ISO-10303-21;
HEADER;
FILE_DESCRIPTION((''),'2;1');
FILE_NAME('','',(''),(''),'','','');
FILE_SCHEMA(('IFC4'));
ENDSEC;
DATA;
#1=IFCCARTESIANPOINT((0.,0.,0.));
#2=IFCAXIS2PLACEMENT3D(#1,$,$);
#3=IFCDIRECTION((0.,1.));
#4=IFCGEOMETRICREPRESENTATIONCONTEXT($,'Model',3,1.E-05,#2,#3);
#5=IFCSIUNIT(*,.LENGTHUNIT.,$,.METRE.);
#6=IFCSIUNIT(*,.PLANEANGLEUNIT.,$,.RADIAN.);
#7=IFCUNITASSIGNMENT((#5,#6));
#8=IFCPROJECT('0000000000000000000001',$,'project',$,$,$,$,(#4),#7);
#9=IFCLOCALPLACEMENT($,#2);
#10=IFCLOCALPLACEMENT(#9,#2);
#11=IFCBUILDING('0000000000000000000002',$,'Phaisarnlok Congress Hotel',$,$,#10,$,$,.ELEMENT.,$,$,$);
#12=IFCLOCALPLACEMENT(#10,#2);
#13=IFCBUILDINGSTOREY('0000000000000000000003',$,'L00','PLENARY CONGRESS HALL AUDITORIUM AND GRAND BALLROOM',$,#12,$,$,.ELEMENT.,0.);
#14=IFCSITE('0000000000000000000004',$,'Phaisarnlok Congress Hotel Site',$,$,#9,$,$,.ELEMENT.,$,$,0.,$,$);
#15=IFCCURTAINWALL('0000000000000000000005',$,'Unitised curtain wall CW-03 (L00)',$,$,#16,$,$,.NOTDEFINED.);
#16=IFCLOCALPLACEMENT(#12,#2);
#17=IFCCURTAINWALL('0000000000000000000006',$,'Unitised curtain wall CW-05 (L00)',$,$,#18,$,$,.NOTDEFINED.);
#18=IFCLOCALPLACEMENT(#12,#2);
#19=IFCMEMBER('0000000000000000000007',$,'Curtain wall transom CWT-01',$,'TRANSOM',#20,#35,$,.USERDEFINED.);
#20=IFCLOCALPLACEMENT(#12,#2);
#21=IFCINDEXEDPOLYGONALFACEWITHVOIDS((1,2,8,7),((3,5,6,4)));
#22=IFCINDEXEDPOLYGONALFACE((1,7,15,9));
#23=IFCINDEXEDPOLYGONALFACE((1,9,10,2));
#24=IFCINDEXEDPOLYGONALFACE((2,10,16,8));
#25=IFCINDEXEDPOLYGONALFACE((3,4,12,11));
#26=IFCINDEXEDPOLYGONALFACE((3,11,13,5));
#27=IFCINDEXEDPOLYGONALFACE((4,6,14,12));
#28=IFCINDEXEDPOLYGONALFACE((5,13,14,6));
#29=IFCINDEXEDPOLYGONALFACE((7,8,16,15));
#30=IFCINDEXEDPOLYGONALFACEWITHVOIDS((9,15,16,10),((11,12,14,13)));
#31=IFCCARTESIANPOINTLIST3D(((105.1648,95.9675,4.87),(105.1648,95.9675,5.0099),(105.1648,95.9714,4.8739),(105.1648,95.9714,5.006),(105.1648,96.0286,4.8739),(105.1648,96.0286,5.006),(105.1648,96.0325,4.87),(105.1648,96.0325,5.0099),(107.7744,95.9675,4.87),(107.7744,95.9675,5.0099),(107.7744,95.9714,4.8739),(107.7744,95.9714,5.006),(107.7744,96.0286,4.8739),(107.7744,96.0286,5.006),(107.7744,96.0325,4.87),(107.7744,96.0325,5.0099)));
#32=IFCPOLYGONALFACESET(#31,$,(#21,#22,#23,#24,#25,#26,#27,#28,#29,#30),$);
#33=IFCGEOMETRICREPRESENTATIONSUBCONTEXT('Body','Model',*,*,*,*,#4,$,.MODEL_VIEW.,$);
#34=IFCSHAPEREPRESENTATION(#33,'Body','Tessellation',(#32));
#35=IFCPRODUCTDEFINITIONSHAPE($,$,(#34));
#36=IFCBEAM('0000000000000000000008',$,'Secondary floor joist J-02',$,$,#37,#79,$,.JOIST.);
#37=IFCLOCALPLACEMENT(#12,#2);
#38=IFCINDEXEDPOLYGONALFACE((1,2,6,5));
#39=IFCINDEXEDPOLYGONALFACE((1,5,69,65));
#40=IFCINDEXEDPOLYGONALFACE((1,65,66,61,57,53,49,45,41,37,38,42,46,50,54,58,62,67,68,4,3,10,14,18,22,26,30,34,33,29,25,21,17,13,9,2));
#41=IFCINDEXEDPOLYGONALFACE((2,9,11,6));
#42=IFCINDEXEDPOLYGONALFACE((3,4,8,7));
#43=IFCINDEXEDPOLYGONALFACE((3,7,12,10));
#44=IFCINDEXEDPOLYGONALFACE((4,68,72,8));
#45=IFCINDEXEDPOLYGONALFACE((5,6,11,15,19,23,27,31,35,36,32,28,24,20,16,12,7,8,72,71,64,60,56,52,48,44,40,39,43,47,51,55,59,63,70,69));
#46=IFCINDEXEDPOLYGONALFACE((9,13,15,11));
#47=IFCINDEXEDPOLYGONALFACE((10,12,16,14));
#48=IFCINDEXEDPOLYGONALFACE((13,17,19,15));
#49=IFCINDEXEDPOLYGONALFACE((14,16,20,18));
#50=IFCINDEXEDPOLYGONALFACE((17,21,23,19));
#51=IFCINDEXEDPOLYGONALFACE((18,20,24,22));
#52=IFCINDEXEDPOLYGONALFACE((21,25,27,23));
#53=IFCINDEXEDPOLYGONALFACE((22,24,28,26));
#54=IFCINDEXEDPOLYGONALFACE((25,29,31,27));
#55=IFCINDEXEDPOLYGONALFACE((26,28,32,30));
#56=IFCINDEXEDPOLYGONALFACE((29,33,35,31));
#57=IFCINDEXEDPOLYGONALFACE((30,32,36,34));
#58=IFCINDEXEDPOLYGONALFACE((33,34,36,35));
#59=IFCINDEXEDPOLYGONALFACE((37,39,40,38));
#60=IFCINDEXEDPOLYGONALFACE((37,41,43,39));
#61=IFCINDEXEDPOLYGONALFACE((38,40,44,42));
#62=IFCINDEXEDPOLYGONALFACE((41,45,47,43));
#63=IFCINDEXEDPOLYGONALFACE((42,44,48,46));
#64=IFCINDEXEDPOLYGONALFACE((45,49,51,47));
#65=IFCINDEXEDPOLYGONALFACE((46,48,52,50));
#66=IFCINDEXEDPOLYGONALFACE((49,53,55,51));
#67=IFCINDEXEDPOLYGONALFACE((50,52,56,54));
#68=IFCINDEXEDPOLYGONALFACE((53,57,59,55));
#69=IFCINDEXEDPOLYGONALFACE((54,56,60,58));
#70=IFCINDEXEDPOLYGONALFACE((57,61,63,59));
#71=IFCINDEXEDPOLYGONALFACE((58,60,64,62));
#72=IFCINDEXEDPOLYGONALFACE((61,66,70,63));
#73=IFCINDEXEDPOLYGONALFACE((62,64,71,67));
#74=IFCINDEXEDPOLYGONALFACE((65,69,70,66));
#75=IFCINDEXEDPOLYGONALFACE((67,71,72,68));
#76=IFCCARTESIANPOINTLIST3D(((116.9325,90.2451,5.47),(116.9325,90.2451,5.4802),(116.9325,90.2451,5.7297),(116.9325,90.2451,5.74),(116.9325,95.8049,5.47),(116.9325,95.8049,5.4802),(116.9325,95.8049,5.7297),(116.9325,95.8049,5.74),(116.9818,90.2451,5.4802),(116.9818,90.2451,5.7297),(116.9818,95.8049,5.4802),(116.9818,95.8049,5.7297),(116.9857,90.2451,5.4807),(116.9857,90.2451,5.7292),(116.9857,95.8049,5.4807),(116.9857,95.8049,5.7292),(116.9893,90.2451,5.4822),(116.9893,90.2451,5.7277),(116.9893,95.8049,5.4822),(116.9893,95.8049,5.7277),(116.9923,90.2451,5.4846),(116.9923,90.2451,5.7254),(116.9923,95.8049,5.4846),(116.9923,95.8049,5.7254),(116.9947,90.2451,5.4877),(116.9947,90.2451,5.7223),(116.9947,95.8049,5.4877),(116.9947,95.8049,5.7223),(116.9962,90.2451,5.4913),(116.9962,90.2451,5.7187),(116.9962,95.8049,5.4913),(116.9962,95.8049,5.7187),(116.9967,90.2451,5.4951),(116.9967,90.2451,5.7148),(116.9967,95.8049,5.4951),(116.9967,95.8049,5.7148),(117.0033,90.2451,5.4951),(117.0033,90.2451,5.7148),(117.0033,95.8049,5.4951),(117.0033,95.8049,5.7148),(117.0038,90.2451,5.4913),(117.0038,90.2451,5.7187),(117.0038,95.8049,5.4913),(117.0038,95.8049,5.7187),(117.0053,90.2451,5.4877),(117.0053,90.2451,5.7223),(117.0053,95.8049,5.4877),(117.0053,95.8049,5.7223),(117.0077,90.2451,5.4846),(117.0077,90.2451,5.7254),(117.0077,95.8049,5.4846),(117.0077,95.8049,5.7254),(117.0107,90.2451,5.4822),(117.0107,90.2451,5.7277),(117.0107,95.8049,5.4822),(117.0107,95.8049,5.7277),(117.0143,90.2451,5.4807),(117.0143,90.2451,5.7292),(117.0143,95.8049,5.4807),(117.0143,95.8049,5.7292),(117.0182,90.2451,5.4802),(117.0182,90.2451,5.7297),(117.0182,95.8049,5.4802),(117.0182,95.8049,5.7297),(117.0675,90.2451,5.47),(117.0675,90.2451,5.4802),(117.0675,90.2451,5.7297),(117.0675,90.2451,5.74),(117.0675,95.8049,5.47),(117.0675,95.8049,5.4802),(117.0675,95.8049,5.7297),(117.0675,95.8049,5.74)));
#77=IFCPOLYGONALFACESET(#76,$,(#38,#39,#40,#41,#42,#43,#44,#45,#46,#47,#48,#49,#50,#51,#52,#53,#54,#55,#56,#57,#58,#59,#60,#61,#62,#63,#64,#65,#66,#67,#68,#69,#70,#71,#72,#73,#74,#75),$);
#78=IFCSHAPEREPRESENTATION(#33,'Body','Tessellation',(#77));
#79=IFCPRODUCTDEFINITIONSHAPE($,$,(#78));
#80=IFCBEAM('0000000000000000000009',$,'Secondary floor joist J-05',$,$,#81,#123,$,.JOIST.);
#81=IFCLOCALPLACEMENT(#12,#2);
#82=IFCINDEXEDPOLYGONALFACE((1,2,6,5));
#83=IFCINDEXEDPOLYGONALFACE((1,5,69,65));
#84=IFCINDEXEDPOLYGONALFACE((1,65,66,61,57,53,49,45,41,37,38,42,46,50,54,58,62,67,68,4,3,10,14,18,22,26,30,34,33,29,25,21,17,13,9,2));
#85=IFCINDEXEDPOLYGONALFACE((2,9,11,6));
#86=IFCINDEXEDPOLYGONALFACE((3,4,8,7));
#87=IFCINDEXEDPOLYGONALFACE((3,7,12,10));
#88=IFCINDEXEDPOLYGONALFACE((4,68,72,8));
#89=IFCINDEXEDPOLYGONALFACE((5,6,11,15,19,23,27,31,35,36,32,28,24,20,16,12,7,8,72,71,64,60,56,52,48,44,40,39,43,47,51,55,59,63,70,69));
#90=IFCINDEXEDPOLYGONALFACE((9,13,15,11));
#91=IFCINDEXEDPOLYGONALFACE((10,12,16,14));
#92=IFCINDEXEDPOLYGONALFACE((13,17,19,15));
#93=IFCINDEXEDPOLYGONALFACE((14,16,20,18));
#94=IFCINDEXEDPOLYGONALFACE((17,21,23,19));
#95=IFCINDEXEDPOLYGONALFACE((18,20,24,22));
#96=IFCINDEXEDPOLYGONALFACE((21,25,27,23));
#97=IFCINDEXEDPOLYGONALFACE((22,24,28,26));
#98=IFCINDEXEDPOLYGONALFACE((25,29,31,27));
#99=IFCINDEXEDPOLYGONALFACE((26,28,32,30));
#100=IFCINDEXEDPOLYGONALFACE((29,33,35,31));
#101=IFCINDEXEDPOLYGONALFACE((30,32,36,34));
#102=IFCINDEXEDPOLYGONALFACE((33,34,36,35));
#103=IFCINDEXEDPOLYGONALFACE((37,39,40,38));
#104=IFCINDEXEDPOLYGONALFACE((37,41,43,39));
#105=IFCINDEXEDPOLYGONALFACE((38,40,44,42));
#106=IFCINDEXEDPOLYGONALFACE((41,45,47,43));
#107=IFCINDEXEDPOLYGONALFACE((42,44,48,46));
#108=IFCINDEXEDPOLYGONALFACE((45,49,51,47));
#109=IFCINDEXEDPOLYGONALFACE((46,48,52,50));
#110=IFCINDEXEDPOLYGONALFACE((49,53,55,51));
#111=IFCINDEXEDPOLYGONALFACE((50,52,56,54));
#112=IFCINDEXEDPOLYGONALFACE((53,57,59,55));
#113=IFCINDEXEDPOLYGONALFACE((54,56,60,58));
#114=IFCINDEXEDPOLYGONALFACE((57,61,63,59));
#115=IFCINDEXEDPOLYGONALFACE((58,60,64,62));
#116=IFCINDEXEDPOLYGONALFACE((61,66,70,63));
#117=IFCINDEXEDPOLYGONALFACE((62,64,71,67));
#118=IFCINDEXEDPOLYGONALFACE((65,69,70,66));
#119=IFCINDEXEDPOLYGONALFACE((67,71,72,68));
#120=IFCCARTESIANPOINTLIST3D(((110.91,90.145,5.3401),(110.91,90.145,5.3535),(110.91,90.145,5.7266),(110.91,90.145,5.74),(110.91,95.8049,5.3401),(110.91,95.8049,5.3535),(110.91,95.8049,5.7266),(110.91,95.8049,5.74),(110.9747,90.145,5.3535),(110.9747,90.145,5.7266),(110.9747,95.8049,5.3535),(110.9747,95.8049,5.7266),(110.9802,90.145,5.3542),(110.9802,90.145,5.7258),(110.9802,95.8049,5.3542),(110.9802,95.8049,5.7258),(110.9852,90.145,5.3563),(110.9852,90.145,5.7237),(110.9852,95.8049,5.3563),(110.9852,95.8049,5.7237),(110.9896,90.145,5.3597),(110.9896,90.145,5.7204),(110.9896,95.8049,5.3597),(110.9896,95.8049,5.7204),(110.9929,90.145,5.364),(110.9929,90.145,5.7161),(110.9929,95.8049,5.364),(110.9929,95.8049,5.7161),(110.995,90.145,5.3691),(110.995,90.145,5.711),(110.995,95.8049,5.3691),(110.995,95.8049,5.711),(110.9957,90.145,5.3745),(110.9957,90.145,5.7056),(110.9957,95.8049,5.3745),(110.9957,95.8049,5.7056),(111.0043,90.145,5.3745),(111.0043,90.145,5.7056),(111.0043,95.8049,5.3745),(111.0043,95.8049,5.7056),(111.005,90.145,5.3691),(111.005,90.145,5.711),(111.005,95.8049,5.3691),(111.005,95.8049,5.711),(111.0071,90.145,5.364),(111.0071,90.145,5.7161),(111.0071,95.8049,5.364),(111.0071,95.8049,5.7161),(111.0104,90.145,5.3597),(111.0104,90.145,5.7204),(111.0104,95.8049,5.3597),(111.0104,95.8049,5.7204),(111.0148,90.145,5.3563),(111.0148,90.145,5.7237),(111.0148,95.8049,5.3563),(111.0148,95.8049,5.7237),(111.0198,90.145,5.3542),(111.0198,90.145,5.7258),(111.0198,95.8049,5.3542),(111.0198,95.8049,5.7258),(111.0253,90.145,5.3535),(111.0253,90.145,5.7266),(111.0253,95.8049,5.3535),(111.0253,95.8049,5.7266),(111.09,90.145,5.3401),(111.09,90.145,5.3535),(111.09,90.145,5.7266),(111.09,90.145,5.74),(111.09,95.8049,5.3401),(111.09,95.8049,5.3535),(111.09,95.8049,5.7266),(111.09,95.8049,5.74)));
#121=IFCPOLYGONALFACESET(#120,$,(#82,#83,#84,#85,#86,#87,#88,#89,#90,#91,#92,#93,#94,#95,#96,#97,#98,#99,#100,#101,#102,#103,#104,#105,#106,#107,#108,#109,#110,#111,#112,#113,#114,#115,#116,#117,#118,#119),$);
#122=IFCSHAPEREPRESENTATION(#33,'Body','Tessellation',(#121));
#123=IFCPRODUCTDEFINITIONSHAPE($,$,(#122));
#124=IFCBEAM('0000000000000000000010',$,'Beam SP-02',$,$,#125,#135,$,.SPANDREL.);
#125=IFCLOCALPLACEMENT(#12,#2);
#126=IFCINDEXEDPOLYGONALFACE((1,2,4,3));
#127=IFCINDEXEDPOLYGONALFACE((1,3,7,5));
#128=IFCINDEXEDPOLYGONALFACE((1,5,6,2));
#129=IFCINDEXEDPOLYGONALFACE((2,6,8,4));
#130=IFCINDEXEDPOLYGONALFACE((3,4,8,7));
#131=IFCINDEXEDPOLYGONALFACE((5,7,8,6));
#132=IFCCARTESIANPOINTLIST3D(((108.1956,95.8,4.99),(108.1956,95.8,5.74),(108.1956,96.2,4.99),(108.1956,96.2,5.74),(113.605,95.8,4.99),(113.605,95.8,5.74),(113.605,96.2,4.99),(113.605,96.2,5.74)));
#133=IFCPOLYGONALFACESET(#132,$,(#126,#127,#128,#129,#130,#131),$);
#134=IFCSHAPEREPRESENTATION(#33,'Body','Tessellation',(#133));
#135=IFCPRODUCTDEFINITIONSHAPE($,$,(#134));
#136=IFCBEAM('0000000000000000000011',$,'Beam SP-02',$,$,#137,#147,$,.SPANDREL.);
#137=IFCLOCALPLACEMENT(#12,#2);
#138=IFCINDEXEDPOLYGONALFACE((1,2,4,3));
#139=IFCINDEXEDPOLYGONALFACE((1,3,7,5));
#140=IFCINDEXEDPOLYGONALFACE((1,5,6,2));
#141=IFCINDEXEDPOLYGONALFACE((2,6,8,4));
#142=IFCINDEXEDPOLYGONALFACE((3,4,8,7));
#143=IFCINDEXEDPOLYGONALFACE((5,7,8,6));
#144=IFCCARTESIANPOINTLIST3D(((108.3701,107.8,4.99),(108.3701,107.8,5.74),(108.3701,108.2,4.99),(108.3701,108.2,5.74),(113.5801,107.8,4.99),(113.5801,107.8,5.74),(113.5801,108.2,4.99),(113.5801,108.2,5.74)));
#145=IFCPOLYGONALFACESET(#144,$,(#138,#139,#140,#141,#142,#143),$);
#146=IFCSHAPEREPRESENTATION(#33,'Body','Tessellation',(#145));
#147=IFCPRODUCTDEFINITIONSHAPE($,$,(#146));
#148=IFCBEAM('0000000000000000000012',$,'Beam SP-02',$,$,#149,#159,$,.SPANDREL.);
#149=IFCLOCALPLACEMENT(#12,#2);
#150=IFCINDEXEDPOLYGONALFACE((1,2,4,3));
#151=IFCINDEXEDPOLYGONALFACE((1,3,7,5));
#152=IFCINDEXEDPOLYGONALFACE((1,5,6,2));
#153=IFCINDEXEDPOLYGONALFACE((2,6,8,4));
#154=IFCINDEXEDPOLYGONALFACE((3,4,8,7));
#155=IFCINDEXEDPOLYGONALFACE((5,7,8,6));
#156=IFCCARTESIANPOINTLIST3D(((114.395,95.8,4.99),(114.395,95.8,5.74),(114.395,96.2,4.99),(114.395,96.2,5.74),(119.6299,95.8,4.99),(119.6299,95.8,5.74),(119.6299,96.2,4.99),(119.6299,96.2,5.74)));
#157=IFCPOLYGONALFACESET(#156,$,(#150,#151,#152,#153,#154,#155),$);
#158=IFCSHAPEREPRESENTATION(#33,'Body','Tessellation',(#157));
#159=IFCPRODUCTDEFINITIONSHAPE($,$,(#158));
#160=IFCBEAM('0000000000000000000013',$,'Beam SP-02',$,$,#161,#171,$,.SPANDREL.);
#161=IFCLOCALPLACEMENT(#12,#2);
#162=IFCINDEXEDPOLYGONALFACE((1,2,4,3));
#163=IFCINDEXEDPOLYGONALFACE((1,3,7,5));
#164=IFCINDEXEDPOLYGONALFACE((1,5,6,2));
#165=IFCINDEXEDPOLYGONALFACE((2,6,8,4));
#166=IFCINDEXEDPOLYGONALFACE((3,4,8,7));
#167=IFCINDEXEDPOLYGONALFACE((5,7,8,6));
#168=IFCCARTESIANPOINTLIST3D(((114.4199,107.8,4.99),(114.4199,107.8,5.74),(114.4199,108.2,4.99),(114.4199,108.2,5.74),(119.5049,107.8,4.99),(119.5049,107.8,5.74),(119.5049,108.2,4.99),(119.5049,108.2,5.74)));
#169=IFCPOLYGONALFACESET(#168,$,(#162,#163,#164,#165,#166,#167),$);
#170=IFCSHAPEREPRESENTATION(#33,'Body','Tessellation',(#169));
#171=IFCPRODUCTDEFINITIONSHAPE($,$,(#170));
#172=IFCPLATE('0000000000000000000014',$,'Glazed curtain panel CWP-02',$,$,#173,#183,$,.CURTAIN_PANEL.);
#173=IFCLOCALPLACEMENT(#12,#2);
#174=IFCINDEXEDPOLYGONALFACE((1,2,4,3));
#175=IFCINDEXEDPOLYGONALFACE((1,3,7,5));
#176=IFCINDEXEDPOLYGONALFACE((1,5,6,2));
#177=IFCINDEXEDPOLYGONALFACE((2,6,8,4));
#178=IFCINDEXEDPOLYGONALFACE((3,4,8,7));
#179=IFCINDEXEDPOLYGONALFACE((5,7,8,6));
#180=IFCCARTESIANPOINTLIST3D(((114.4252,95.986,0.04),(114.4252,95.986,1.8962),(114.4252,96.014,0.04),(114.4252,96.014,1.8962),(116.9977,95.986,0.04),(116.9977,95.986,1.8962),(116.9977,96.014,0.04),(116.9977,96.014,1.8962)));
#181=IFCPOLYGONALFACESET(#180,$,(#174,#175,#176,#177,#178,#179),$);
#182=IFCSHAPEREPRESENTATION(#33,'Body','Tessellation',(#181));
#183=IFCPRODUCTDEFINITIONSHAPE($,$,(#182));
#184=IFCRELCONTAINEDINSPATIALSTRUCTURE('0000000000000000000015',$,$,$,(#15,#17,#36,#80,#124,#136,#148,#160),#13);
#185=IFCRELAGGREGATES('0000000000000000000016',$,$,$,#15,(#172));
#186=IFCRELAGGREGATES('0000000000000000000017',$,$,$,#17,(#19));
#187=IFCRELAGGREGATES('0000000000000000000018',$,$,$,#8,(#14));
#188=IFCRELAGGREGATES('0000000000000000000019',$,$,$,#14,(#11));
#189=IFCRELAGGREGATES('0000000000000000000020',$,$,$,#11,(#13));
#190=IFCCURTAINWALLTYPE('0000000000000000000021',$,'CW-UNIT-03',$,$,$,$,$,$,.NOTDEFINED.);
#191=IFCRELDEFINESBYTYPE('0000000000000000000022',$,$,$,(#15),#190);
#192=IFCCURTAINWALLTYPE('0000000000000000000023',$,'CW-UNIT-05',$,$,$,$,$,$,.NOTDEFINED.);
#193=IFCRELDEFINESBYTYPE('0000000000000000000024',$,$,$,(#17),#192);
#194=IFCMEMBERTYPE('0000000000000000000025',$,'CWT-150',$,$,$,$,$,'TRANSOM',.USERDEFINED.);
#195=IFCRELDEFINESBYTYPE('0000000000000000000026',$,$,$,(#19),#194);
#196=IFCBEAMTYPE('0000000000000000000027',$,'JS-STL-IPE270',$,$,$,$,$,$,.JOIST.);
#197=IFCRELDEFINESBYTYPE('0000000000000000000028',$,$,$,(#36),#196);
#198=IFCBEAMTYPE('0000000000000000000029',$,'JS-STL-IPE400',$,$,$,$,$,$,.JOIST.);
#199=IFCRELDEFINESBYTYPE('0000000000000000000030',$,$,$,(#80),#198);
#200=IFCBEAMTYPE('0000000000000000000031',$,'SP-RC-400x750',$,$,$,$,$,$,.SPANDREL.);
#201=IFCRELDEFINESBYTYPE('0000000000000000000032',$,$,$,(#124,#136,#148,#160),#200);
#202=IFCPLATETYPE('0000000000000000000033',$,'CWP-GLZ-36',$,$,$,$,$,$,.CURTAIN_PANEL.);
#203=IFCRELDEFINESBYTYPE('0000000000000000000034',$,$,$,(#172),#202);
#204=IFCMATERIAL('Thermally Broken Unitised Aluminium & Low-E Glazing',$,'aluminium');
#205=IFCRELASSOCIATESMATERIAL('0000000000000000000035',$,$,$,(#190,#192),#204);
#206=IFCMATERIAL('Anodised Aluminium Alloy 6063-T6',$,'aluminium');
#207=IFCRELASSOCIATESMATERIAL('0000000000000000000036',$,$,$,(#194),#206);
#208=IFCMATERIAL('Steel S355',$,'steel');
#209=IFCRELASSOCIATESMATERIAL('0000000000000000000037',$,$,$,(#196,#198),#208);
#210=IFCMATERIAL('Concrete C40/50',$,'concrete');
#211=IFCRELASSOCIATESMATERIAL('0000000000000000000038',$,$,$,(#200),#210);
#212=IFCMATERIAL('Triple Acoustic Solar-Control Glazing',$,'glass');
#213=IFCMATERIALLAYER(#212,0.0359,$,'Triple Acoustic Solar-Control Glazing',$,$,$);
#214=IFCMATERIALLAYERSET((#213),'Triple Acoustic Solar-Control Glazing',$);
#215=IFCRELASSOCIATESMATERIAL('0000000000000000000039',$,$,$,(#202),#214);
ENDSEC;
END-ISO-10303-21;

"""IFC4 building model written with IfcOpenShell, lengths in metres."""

from ifc_helpers import new_model, si_unit, direction, frame, frame_2d, origin, origin_2d, place, context, subcontext, project, spatial, rectangle, hollow_rectangle, i_section, extrude, material, layer, layer_set, material_profile, profile_set, type_object, element, aggregate, save


model = new_model("IFC4")

# Units and contexts
model_context = context("Model", 3, precision=1e-05, world=origin(), true_north=direction((0.0, 1.0)))
body_context = subcontext(model_context, "Body", "Model", "MODEL_VIEW")
ifc_project = project(units=[si_unit("LENGTHUNIT", "METRE"), si_unit("PLANEANGLEUNIT", "RADIAN")], contexts=[model_context])

# Site, building, storey
site_placement = place(None, origin())
site = spatial("IfcSite", under=ifc_project, at=site_placement, Name="Phaisarnlok Congress Hotel Site", CompositionType="ELEMENT", RefElevation=0.0)
building_placement = place(site_placement, origin())
building = spatial("IfcBuilding", under=site, at=building_placement, Name="Phaisarnlok Congress Hotel", CompositionType="ELEMENT")
storey_placement = place(building_placement, origin())
storey = spatial("IfcBuildingStorey", under=building, at=storey_placement, Name="L00", Description="PLENARY CONGRESS HALL AUDITORIUM AND GRAND BALLROOM", CompositionType="ELEMENT", Elevation=0.0)

# Shared definitions
ifc_material_1 = material(Name="Steel S355", Category="steel")

# Shared definitions
ifc_material_2 = material(Name="Concrete C40/50", Category="concrete")

# Curtain wall
ifc_material_3 = material(Name="Thermally Broken Unitised Aluminium & Low-E Glazing", Category="aluminium")
curtain_wall_type_1 = type_object("IfcCurtainWallType", Name="CW-UNIT-03", PredefinedType="NOTDEFINED", material=ifc_material_3)
curtain_wall_1_placement = place(storey_placement, origin())
curtain_wall_1 = element("IfcCurtainWall", 1, at=curtain_wall_1_placement, inside=storey, type_object=curtain_wall_type_1, Name="Unitised curtain wall CW-03 (L00)", PredefinedType="NOTDEFINED")
ifc_material_4 = material(Name="Anodised Aluminium Alloy 6063-T6", Category="aluminium")
ifc_material_profile_1 = material_profile(ifc_material_4, hollow_rectangle(XDim=0.0649, YDim=0.1399, WallThickness=0.0039, at=origin_2d()), Name="ALU-T 65x140x4")
ifc_profile_set_1 = profile_set([ifc_material_profile_1], Name="Anodised Aluminium Alloy 6063-T6")
member_type_1 = type_object("IfcMemberType", Name="CWT-150", ElementType="TRANSOM", PredefinedType="USERDEFINED", material=ifc_profile_set_1)

# Curtain wall, member
curtain_wall_type_2 = type_object("IfcCurtainWallType", Name="CW-UNIT-05", PredefinedType="NOTDEFINED", material=ifc_material_3)
curtain_wall_2_placement = place(storey_placement, origin())
curtain_wall_2 = element("IfcCurtainWall", 2, at=curtain_wall_2_placement, inside=storey, type_object=curtain_wall_type_2, Name="Unitised curtain wall CW-05 (L00)", PredefinedType="NOTDEFINED")
member_1_placement = place(storey_placement, frame((107.7744, 96.0, 4.9399), z_axis=(-1.0, 0.0, 0.0), x_axis=(0.0, -1.0, 0.0)))
member_1 = element("IfcMember", 3, at=member_1_placement, type_object=member_type_1, Name="Curtain wall transom CWT-01", ObjectType="TRANSOM", PredefinedType="USERDEFINED", context=body_context, shape_type="SweptSolid", body=[
    extrude(hollow_rectangle(XDim=0.0649, YDim=0.1399, WallThickness=0.0039, at=origin_2d()), origin(), (0.0, 0.0, 1.0), 2.6096),
])

# Beams
ifc_material_profile_2 = material_profile(ifc_material_1, i_section(OverallWidth=0.135, OverallDepth=0.27, WebThickness=0.0066, FlangeThickness=0.0103, FilletRadius=0.0149, at=origin_2d()), Name="IPE 270")
ifc_profile_set_2 = profile_set([ifc_material_profile_2], Name="Steel S355")
beam_type_1 = type_object("IfcBeamType", Name="JS-STL-IPE270", PredefinedType="JOIST", material=ifc_profile_set_2)
beam_1_placement = place(storey_placement, frame((117.0, 90.2451, 5.605), z_axis=(0.0, 1.0, 0.0), x_axis=(-1.0, 0.0, 0.0)))
element("IfcBeam", 4, at=beam_1_placement, inside=storey, type_object=beam_type_1, Name="Secondary floor joist J-02", PredefinedType="JOIST", context=body_context, shape_type="SweptSolid", body=[
    extrude(i_section(OverallWidth=0.135, OverallDepth=0.27, WebThickness=0.0066, FlangeThickness=0.0103, FilletRadius=0.0149, at=origin_2d()), origin(), (0.0, 0.0, 1.0), 5.5598),
])
ifc_material_profile_3 = material_profile(ifc_material_1, i_section(OverallWidth=0.1799, OverallDepth=0.3999, WebThickness=0.0085, FlangeThickness=0.0134, FilletRadius=0.021, at=origin_2d()), Name="IPE 400")
ifc_profile_set_3 = profile_set([ifc_material_profile_3], Name="Steel S355")
beam_type_2 = type_object("IfcBeamType", Name="JS-STL-IPE400", PredefinedType="JOIST", material=ifc_profile_set_3)
beam_2_placement = place(storey_placement, frame((111.0, 90.145, 5.54), z_axis=(0.0, 1.0, 0.0), x_axis=(-1.0, 0.0, 0.0)))
element("IfcBeam", 5, at=beam_2_placement, inside=storey, type_object=beam_type_2, Name="Secondary floor joist J-05", PredefinedType="JOIST", context=body_context, shape_type="SweptSolid", body=[
    extrude(i_section(OverallWidth=0.1799, OverallDepth=0.3999, WebThickness=0.0085, FlangeThickness=0.0134, FilletRadius=0.021, at=origin_2d()), origin(), (0.0, 0.0, 1.0), 5.6599),
])
ifc_material_profile_4 = material_profile(ifc_material_2, rectangle(XDim=0.3999, YDim=0.75, at=origin_2d()), Name="RC 400x750")
ifc_profile_set_4 = profile_set([ifc_material_profile_4], Name="Concrete C40/50")
beam_type_3 = type_object("IfcBeamType", Name="SP-RC-400x750", PredefinedType="SPANDREL", material=ifc_profile_set_4)
beam_3_placement = place(storey_placement, frame((108.1956, 96.0, 5.365), z_axis=(1.0, 0.0, 0.0), x_axis=(0.0, 1.0, 0.0)))
element("IfcBeam", 6, at=beam_3_placement, inside=storey, type_object=beam_type_3, Name="Beam SP-02", PredefinedType="SPANDREL", context=body_context, shape_type="SweptSolid", body=[
    extrude(rectangle(XDim=0.3999, YDim=0.75, at=origin_2d()), origin(), (0.0, 0.0, 1.0), 5.4094),
])
beam_4_placement = place(storey_placement, frame((108.3701, 108.0, 5.365), z_axis=(1.0, 0.0, 0.0), x_axis=(0.0, 1.0, 0.0)))
element("IfcBeam", 7, at=beam_4_placement, inside=storey, type_object=beam_type_3, Name="Beam SP-02", PredefinedType="SPANDREL", context=body_context, shape_type="SweptSolid", body=[
    extrude(rectangle(XDim=0.3999, YDim=0.75, at=origin_2d()), origin(), (0.0, 0.0, 1.0), 5.21),
])
beam_5_placement = place(storey_placement, frame((114.395, 96.0, 5.365), z_axis=(1.0, 0.0, 0.0), x_axis=(0.0, 1.0, 0.0)))
element("IfcBeam", 8, at=beam_5_placement, inside=storey, type_object=beam_type_3, Name="Beam SP-02", PredefinedType="SPANDREL", context=body_context, shape_type="SweptSolid", body=[
    extrude(rectangle(XDim=0.3999, YDim=0.75, at=origin_2d()), origin(), (0.0, 0.0, 1.0), 5.2349),
])
beam_6_placement = place(storey_placement, frame((114.4199, 108.0, 5.365), z_axis=(1.0, 0.0, 0.0), x_axis=(0.0, 1.0, 0.0)))
element("IfcBeam", 9, at=beam_6_placement, inside=storey, type_object=beam_type_3, Name="Beam SP-02", PredefinedType="SPANDREL", context=body_context, shape_type="SweptSolid", body=[
    extrude(rectangle(XDim=0.3999, YDim=0.75, at=origin_2d()), origin(), (0.0, 0.0, 1.0), 5.085),
])

# Plate
ifc_material_5 = material(Name="Triple Acoustic Solar-Control Glazing", Category="glass")
ifc_layer_1 = layer(ifc_material_5, 0.0359, Name="Triple Acoustic Solar-Control Glazing")
ifc_layer_set_1 = layer_set([ifc_layer_1], Name="Triple Acoustic Solar-Control Glazing")
plate_type = type_object("IfcPlateType", Name="CWP-GLZ-36", PredefinedType="CURTAIN_PANEL", material=ifc_layer_set_1)
plate_1_placement = place(storey_placement, frame((116.9976, 96.0, 0.04), z_axis=(0.0, 0.0, 1.0), x_axis=(-1.0, 0.0, 0.0)))
plate_1 = element("IfcPlate", 10, at=plate_1_placement, type_object=plate_type, Name="Glazed curtain panel CWP-02", PredefinedType="CURTAIN_PANEL", context=body_context, shape_type="SweptSolid", body=[
    extrude(rectangle(XDim=2.5725, YDim=0.0281, at=frame_2d((1.2861, 0.0))), origin(), (0.0, 0.0, 1.0), 1.8562),
])
aggregate(curtain_wall_1, [plate_1])
aggregate(curtain_wall_2, [member_1])

save(model, "model.ifc")
